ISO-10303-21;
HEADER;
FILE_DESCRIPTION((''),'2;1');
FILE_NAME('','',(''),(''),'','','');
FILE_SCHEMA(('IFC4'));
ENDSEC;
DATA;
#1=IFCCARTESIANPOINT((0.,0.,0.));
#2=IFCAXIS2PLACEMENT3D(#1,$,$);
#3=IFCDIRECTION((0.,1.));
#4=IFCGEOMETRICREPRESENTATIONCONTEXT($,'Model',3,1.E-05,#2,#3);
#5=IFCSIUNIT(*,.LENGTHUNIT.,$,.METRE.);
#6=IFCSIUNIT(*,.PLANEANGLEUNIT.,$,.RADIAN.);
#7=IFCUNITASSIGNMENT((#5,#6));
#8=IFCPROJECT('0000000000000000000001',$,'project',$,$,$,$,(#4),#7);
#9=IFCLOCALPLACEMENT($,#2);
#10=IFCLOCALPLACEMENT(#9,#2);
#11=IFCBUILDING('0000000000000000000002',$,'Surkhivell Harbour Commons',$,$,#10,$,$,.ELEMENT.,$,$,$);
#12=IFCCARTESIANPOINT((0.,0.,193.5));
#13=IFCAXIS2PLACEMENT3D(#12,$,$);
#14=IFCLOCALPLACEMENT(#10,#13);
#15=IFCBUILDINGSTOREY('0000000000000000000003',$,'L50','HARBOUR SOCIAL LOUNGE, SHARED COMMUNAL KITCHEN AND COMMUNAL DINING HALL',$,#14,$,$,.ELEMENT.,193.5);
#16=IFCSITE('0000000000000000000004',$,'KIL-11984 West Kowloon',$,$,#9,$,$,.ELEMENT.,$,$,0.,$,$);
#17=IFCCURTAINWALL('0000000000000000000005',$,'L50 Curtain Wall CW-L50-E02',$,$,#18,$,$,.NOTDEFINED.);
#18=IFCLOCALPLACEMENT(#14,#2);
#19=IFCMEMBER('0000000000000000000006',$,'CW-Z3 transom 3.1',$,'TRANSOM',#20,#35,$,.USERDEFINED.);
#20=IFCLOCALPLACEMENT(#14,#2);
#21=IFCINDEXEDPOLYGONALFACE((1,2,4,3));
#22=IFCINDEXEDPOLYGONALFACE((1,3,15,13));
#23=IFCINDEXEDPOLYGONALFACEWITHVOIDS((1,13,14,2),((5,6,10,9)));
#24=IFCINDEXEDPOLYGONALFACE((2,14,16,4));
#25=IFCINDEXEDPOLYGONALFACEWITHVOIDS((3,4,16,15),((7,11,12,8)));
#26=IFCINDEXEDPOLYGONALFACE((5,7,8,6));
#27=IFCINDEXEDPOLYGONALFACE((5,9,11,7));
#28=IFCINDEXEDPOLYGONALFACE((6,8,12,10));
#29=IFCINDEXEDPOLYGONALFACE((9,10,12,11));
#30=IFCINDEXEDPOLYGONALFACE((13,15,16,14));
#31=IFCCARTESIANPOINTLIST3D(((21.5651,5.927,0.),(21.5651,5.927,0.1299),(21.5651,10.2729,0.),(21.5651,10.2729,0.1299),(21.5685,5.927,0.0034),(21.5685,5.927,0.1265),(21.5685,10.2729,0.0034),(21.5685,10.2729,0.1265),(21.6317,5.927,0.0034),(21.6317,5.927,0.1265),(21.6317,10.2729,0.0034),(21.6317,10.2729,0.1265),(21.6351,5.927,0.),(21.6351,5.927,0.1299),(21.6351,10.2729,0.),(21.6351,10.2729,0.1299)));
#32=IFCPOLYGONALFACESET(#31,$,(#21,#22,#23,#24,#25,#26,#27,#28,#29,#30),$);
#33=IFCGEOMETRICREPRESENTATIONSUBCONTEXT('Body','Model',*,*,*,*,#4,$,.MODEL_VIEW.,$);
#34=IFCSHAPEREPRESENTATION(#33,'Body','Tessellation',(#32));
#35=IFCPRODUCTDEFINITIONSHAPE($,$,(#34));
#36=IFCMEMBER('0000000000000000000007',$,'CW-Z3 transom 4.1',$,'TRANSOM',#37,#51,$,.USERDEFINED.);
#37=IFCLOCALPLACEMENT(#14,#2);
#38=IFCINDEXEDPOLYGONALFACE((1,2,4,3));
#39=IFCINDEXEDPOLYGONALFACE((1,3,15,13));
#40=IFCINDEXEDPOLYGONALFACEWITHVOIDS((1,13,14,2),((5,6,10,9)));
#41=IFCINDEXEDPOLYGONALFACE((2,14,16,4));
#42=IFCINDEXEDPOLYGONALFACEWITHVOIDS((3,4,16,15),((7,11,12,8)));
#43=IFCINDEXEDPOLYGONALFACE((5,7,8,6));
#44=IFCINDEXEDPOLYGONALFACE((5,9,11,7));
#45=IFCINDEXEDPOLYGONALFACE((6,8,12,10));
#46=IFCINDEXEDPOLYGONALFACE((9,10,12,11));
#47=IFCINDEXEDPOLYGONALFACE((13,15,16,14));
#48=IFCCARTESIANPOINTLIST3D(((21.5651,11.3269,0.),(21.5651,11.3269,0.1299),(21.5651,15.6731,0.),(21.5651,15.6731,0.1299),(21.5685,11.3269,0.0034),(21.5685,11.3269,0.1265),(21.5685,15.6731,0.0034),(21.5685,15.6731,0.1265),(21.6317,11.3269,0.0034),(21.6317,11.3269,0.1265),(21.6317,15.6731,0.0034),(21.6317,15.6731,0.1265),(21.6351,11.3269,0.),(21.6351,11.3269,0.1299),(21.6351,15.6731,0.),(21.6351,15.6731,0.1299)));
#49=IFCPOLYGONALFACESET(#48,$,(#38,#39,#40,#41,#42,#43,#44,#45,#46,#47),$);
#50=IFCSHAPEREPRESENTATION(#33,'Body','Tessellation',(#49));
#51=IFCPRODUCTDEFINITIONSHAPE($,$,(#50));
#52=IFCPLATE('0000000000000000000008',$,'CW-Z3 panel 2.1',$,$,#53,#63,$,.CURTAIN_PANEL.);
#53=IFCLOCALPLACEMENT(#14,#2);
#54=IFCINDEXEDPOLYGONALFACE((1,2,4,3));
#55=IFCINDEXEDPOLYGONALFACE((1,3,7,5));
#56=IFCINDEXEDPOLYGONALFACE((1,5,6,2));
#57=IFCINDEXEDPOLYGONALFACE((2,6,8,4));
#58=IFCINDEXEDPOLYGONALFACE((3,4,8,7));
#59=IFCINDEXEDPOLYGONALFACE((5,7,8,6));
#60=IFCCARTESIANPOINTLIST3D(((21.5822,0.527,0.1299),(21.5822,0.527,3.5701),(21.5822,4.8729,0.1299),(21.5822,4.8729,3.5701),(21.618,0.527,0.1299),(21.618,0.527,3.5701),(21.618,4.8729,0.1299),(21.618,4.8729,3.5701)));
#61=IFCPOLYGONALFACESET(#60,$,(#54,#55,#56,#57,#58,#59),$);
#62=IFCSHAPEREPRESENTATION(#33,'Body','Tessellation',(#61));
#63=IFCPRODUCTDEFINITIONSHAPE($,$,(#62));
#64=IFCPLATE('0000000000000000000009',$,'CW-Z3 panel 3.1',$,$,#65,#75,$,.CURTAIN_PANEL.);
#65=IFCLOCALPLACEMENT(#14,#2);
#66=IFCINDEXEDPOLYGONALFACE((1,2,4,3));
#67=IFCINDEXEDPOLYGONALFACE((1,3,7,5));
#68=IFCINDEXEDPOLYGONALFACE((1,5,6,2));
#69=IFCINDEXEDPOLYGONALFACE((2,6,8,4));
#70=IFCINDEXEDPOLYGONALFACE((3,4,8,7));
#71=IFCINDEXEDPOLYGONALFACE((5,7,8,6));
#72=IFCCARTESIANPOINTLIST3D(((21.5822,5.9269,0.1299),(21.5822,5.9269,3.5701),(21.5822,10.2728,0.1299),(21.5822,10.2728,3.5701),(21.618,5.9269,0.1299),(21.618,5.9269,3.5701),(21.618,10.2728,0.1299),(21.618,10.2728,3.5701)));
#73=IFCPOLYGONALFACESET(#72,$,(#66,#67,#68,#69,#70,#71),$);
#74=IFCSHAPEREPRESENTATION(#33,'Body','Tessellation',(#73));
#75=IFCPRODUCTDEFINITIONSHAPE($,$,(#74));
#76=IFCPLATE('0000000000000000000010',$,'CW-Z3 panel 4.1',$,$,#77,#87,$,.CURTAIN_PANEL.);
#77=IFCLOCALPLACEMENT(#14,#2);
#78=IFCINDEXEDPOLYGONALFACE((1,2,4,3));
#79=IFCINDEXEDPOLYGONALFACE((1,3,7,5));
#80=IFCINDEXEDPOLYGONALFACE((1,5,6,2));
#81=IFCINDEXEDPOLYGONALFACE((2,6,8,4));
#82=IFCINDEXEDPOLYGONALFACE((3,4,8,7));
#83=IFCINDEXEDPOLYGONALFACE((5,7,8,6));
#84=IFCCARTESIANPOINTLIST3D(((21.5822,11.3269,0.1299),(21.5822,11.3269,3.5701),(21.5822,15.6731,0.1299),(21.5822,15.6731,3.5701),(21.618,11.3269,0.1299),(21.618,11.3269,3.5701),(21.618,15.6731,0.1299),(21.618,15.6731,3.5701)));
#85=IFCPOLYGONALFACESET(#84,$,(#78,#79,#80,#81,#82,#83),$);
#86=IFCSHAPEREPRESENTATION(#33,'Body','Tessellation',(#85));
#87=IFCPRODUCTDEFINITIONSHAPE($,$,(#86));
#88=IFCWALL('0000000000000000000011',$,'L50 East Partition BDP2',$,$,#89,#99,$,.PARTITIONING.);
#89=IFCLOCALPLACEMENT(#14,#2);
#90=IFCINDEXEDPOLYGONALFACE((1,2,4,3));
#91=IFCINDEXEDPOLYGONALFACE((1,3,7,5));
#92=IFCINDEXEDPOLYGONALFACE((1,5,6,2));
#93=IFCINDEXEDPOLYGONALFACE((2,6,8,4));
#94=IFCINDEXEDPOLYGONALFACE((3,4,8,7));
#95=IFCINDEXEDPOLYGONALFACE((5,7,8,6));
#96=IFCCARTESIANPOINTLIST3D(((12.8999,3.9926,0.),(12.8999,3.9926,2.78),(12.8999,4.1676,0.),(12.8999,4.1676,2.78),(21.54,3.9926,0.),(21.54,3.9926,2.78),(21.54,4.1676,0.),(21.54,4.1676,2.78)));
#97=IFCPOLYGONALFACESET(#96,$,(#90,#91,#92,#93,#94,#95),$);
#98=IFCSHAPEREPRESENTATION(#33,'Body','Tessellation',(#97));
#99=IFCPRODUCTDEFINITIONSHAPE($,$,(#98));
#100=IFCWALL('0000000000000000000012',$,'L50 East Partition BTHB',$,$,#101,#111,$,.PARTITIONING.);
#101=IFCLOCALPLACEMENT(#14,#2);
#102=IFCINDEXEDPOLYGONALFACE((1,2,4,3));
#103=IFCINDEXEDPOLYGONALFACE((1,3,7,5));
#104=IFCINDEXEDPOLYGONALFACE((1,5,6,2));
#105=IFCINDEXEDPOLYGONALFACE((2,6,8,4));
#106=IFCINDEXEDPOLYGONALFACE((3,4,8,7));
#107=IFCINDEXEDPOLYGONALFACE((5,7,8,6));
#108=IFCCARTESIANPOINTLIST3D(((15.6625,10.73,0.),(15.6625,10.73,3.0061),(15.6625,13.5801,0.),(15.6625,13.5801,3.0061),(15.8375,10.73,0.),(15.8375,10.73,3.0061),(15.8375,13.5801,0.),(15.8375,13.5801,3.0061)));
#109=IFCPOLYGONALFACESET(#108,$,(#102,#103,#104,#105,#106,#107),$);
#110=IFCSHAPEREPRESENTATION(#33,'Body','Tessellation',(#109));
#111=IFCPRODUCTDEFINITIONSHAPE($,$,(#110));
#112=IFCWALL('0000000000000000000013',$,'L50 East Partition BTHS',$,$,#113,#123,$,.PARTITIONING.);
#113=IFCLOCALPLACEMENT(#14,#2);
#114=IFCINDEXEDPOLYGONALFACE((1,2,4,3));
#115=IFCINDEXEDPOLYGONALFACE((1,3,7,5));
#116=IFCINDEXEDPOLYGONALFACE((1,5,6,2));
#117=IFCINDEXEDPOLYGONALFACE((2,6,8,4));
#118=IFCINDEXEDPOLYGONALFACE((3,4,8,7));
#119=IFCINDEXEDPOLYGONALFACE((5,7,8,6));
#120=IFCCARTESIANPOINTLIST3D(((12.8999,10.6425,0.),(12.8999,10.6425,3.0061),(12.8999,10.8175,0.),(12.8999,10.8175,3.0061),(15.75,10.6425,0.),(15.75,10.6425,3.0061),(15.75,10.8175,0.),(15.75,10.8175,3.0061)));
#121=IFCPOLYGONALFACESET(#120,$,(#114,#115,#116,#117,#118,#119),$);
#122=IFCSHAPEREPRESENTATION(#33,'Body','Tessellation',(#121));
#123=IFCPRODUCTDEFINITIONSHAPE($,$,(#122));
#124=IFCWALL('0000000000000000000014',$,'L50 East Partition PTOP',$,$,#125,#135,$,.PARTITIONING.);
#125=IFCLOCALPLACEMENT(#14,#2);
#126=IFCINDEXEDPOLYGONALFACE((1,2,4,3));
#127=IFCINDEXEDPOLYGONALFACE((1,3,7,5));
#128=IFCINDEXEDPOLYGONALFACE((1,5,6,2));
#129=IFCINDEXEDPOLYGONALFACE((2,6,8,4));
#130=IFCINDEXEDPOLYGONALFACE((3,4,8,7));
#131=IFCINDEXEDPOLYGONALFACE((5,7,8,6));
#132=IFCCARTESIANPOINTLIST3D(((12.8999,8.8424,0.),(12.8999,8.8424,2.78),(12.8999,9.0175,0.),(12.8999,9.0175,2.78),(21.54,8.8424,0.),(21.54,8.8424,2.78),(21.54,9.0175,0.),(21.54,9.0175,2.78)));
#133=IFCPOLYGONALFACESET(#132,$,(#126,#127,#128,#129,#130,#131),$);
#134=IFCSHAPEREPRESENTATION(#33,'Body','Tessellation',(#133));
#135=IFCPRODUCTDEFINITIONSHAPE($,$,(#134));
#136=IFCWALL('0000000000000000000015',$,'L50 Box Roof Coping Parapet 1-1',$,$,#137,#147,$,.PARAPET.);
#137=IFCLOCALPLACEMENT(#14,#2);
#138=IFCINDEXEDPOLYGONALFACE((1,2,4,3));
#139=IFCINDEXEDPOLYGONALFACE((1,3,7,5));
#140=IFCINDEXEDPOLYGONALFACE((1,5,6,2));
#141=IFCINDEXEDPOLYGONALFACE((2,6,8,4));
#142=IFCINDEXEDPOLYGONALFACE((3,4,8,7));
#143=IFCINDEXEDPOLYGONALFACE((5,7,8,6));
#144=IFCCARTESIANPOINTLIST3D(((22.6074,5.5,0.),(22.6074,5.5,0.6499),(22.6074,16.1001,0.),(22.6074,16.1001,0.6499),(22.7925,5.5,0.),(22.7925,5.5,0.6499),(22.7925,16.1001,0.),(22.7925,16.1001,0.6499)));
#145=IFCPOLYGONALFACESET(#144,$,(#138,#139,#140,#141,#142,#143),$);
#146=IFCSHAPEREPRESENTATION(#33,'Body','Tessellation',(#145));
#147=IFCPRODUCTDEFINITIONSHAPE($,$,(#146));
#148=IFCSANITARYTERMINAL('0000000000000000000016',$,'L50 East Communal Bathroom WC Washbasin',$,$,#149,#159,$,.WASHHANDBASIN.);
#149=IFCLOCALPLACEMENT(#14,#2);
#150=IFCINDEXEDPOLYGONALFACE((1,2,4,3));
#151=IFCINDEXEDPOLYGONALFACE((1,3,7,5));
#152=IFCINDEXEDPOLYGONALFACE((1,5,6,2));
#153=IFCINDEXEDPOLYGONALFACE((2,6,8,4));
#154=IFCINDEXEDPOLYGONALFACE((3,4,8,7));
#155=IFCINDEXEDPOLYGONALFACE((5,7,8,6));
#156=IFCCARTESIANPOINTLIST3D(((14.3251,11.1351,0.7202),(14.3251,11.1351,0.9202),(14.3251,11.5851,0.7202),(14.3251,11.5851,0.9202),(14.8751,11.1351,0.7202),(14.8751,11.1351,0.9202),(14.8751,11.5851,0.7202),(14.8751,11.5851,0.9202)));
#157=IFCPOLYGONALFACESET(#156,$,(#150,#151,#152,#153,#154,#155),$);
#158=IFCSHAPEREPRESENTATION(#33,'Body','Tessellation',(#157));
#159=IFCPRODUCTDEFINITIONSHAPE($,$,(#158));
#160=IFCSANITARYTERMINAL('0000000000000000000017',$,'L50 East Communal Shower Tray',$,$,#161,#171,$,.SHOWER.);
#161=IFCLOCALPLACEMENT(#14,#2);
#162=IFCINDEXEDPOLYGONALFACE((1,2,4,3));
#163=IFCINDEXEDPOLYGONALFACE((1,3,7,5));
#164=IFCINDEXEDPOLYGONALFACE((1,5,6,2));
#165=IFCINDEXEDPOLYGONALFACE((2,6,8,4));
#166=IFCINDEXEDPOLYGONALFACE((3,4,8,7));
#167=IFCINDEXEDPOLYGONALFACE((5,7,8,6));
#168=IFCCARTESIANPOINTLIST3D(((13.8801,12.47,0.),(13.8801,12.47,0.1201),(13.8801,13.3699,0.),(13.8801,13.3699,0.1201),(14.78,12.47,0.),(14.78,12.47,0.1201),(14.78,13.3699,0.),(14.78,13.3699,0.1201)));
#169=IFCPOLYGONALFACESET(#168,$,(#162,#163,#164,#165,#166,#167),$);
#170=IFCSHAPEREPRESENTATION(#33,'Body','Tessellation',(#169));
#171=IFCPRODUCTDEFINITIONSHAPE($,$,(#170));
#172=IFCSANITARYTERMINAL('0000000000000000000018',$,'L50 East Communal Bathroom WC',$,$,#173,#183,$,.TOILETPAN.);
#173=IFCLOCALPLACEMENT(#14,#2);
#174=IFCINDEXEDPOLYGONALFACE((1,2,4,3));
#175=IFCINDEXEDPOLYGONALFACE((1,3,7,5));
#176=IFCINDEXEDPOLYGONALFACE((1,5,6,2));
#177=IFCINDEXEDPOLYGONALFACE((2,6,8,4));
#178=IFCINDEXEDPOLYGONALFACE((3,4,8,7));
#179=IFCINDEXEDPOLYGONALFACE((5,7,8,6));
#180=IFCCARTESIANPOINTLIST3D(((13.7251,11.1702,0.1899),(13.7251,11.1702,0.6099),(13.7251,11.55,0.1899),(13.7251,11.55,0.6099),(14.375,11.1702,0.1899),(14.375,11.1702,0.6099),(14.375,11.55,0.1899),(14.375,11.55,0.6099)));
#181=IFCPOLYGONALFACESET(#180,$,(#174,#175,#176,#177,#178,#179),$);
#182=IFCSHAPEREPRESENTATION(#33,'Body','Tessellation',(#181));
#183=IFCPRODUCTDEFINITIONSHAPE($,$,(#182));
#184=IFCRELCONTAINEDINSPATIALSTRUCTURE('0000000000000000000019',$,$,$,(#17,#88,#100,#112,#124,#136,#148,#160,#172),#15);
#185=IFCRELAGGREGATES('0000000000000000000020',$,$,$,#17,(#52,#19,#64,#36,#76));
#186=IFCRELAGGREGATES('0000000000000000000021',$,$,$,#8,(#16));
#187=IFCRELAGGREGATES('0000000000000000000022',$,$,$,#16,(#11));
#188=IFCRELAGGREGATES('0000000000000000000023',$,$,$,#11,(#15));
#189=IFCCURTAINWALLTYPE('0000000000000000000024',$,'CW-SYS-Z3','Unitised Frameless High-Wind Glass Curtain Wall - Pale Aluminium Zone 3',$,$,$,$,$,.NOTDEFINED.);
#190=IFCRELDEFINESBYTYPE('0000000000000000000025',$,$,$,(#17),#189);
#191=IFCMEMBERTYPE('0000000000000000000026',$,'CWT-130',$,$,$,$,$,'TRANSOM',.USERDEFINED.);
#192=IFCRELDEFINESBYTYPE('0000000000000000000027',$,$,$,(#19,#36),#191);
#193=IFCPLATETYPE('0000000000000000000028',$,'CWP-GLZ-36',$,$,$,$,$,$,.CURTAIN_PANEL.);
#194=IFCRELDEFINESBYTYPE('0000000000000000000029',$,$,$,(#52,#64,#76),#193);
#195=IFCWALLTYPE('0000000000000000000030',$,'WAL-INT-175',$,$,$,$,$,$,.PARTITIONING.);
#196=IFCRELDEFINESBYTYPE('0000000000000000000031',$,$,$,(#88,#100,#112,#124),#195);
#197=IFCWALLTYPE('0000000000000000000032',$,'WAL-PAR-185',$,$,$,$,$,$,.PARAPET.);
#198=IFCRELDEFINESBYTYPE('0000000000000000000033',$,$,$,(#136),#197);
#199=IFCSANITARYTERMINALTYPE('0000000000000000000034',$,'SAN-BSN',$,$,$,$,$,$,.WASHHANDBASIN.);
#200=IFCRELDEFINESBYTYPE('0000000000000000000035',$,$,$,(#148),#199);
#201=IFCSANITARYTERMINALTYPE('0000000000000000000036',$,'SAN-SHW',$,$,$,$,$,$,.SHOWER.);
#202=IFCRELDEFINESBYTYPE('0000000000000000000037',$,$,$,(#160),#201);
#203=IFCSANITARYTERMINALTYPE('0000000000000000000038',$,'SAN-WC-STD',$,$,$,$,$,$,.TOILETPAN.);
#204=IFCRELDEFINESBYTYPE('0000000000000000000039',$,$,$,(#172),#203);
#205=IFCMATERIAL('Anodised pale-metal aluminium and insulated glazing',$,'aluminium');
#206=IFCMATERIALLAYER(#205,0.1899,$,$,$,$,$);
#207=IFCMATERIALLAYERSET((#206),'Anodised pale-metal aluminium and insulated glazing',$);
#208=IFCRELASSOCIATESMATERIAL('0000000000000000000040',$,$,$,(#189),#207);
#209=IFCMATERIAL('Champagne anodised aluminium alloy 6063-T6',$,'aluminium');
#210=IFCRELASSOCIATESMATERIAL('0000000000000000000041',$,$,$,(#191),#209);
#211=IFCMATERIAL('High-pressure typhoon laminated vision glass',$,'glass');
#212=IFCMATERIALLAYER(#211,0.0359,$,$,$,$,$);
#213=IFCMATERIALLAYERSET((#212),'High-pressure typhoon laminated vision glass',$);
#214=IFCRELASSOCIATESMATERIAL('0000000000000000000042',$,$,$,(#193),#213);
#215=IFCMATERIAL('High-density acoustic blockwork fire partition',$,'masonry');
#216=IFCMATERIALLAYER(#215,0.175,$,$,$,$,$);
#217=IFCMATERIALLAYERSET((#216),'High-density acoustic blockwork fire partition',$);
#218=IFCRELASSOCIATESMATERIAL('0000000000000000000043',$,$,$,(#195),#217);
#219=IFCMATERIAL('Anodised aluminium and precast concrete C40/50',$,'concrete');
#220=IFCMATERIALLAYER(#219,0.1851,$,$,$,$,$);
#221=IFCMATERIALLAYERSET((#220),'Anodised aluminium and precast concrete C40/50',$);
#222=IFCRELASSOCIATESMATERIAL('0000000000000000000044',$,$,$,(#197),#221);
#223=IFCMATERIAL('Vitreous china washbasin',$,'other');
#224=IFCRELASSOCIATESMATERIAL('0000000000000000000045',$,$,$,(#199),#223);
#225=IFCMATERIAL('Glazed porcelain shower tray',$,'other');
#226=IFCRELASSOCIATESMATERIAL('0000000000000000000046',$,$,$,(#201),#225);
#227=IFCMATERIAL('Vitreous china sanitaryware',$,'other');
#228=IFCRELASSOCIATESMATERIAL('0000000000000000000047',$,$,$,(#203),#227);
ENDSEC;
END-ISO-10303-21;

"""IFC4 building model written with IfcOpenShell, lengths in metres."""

from ifc_helpers import new_model, si_unit, direction, frame, frame_2d, origin, origin_2d, place, context, subcontext, project, spatial, rectangle, hollow_rectangle, extrude, material, layer, layer_set, material_profile, profile_set, type_object, element, aggregate, save


model = new_model("IFC4")

# Units and contexts
model_context = context("Model", 3, precision=1e-05, world=origin(), true_north=direction((0.0, 1.0)))
body_context = subcontext(model_context, "Body", "Model", "MODEL_VIEW")
ifc_project = project(units=[si_unit("LENGTHUNIT", "METRE"), si_unit("PLANEANGLEUNIT", "RADIAN")], contexts=[model_context])

# Site, building, storey
site_placement = place(None, origin())
site = spatial("IfcSite", under=ifc_project, at=site_placement, Name="KIL-11984 West Kowloon", CompositionType="ELEMENT", RefElevation=0.0)
building_placement = place(site_placement, origin())
building = spatial("IfcBuilding", under=site, at=building_placement, Name="Surkhivell Harbour Commons", CompositionType="ELEMENT")
storey_placement = place(building_placement, frame((0.0, 0.0, 193.5)))
storey = spatial("IfcBuildingStorey", under=building, at=storey_placement, Name="L50", Description="HARBOUR SOCIAL LOUNGE, SHARED COMMUNAL KITCHEN AND COMMUNAL DINING HALL", CompositionType="ELEMENT", Elevation=193.5)

# Curtain wall, members, plates
ifc_material_1 = material(Name="Anodised pale-metal aluminium and insulated glazing", Category="aluminium")
ifc_layer_1 = layer(ifc_material_1, 0.1899)
ifc_layer_set_1 = layer_set([ifc_layer_1], Name="Anodised pale-metal aluminium and insulated glazing")
curtain_wall_type = type_object("IfcCurtainWallType", Name="CW-SYS-Z3", Description="Unitised Frameless High-Wind Glass Curtain Wall - Pale Aluminium Zone 3", PredefinedType="NOTDEFINED", material=ifc_layer_set_1)
curtain_wall_placement = place(storey_placement, origin())
curtain_wall = element("IfcCurtainWall", 1, at=curtain_wall_placement, inside=storey, type_object=curtain_wall_type, Name="L50 Curtain Wall CW-L50-E02", PredefinedType="NOTDEFINED")
ifc_material_2 = material(Name="Champagne anodised aluminium alloy 6063-T6", Category="aluminium")
ifc_material_profile_1 = material_profile(ifc_material_2, hollow_rectangle(XDim=0.0701, YDim=0.1299, WallThickness=0.0034, at=origin_2d()), Name="ALU-TRAN-70x130")
ifc_profile_set_1 = profile_set([ifc_material_profile_1], Name="Champagne anodised aluminium alloy 6063-T6")
member_type_1 = type_object("IfcMemberType", Name="CWT-130", ElementType="TRANSOM", PredefinedType="USERDEFINED", material=ifc_profile_set_1)
member_1_placement = place(storey_placement, frame((21.6001, 5.927, 0.0649), z_axis=(0.0, 1.0, 0.0), x_axis=(-1.0, 0.0, 0.0)))
member_1 = element("IfcMember", 2, at=member_1_placement, type_object=member_type_1, Name="CW-Z3 transom 3.1", ObjectType="TRANSOM", PredefinedType="USERDEFINED", context=body_context, shape_type="SweptSolid", body=[
    extrude(hollow_rectangle(XDim=0.0701, YDim=0.1299, WallThickness=0.0034, at=origin_2d()), origin(), (0.0, 0.0, 1.0), 4.3459),
])
member_2_placement = place(storey_placement, frame((21.6001, 11.3269, 0.0649), z_axis=(0.0, 1.0, 0.0), x_axis=(-1.0, 0.0, 0.0)))
member_2 = element("IfcMember", 3, at=member_2_placement, type_object=member_type_1, Name="CW-Z3 transom 4.1", ObjectType="TRANSOM", PredefinedType="USERDEFINED", context=body_context, shape_type="SweptSolid", body=[
    extrude(hollow_rectangle(XDim=0.0701, YDim=0.1299, WallThickness=0.0034, at=origin_2d()), origin(), (0.0, 0.0, 1.0), 4.3462),
])
ifc_material_3 = material(Name="High-pressure typhoon laminated vision glass", Category="glass")
ifc_layer_2 = layer(ifc_material_3, 0.0359)
ifc_layer_set_2 = layer_set([ifc_layer_2], Name="High-pressure typhoon laminated vision glass")
plate_type = type_object("IfcPlateType", Name="CWP-GLZ-36", PredefinedType="CURTAIN_PANEL", material=ifc_layer_set_2)
plate_1_placement = place(storey_placement, frame((21.6001, 0.5271, 0.1299), z_axis=(0.0, 0.0, 1.0), x_axis=(0.0, 1.0, 0.0)))
plate_1 = element("IfcPlate", 4, at=plate_1_placement, type_object=plate_type, Name="CW-Z3 panel 2.1", PredefinedType="CURTAIN_PANEL", context=body_context, shape_type="SweptSolid", body=[
    extrude(rectangle(XDim=4.3459, YDim=0.0359, at=frame_2d((2.1729, 0.0))), origin(), (0.0, 0.0, 1.0), 3.4402),
])
plate_2_placement = place(storey_placement, frame((21.6001, 5.927, 0.1299), z_axis=(0.0, 0.0, 1.0), x_axis=(0.0, 1.0, 0.0)))
plate_2 = element("IfcPlate", 5, at=plate_2_placement, type_object=plate_type, Name="CW-Z3 panel 3.1", PredefinedType="CURTAIN_PANEL", context=body_context, shape_type="SweptSolid", body=[
    extrude(rectangle(XDim=4.3459, YDim=0.0359, at=frame_2d((2.1729, 0.0))), origin(), (0.0, 0.0, 1.0), 3.4402),
])
plate_3_placement = place(storey_placement, frame((21.6001, 11.3269, 0.1299), z_axis=(0.0, 0.0, 1.0), x_axis=(0.0, 1.0, 0.0)))
plate_3 = element("IfcPlate", 6, at=plate_3_placement, type_object=plate_type, Name="CW-Z3 panel 4.1", PredefinedType="CURTAIN_PANEL", context=body_context, shape_type="SweptSolid", body=[
    extrude(rectangle(XDim=4.3462, YDim=0.0359, at=frame_2d((2.1731, 0.0))), origin(), (0.0, 0.0, 1.0), 3.4402),
])
aggregate(curtain_wall, [plate_1, member_1, plate_2, member_2, plate_3])

# Walls
ifc_material_4 = material(Name="High-density acoustic blockwork fire partition", Category="masonry")
ifc_layer_3 = layer(ifc_material_4, 0.175)
ifc_layer_set_3 = layer_set([ifc_layer_3], Name="High-density acoustic blockwork fire partition")
wall_type_1 = type_object("IfcWallType", Name="WAL-INT-175", PredefinedType="PARTITIONING", material=ifc_layer_set_3)
wall_1_placement = place(storey_placement, frame((12.8999, 4.0801, 0.0), z_axis=(0.0, 0.0, 1.0), x_axis=(1.0, 0.0, 0.0)))
element("IfcWall", 7, at=wall_1_placement, inside=storey, type_object=wall_type_1, Name="L50 East Partition BDP2", PredefinedType="PARTITIONING", context=body_context, shape_type="SweptSolid", body=[
    extrude(rectangle(XDim=8.6401, YDim=0.175, at=frame_2d((4.3201, 0.0))), origin(), (0.0, 0.0, 1.0), 2.78),
])
for number, where, z_axis, x_axis, name in (
    (8, (15.75, 10.73, 0.0), (0.0, 0.0, 1.0), (0.0, 1.0, 0.0), "L50 East Partition BTHB"),
    (9, (12.8999, 10.73, 0.0), (0.0, 0.0, 1.0), (1.0, 0.0, 0.0), "L50 East Partition BTHS"),
):
    element("IfcWall", number, at=place(storey_placement, frame(where, z_axis=z_axis, x_axis=x_axis)), inside=storey, type_object=wall_type_1, Name=name, PredefinedType="PARTITIONING", context=body_context, shape_type="SweptSolid", body=[
        extrude(rectangle(XDim=2.8501, YDim=0.175, at=frame_2d((1.425, 0.0))), origin(), (0.0, 0.0, 1.0), 3.0061),
    ])
wall_2_placement = place(storey_placement, frame((12.8999, 8.9299, 0.0), z_axis=(0.0, 0.0, 1.0), x_axis=(1.0, 0.0, 0.0)))
element("IfcWall", 10, at=wall_2_placement, inside=storey, type_object=wall_type_1, Name="L50 East Partition PTOP", PredefinedType="PARTITIONING", context=body_context, shape_type="SweptSolid", body=[
    extrude(rectangle(XDim=8.6401, YDim=0.175, at=frame_2d((4.3201, 0.0))), origin(), (0.0, 0.0, 1.0), 2.78),
])
ifc_material_5 = material(Name="Anodised aluminium and precast concrete C40/50", Category="concrete")
ifc_layer_4 = layer(ifc_material_5, 0.1851)
ifc_layer_set_4 = layer_set([ifc_layer_4], Name="Anodised aluminium and precast concrete C40/50")
wall_type_2 = type_object("IfcWallType", Name="WAL-PAR-185", PredefinedType="PARAPET", material=ifc_layer_set_4)
wall_3_placement = place(storey_placement, frame((22.7, 5.5, 0.0), z_axis=(0.0, 0.0, 1.0), x_axis=(0.0, 1.0, 0.0)))
element("IfcWall", 11, at=wall_3_placement, inside=storey, type_object=wall_type_2, Name="L50 Box Roof Coping Parapet 1-1", PredefinedType="PARAPET", context=body_context, shape_type="SweptSolid", body=[
    extrude(rectangle(XDim=10.6001, YDim=0.1851, at=frame_2d((5.3, 0.0))), origin(), (0.0, 0.0, 1.0), 0.6499),
])

# Sanitary terminals
ifc_material_6 = material(Name="Vitreous china washbasin", Category="other")
sanitary_terminal_type_1 = type_object("IfcSanitaryTerminalType", Name="SAN-BSN", PredefinedType="WASHHANDBASIN", material=ifc_material_6)
sanitary_terminal_1_placement = place(storey_placement, frame((14.6001, 11.3601, 0.7202), z_axis=(0.0, 0.0, 1.0), x_axis=(1.0, 0.0, 0.0)))
element("IfcSanitaryTerminal", 12, at=sanitary_terminal_1_placement, inside=storey, type_object=sanitary_terminal_type_1, Name="L50 East Communal Bathroom WC Washbasin", PredefinedType="WASHHANDBASIN", context=body_context, shape_type="SweptSolid", body=[
    extrude(rectangle(XDim=0.55, YDim=0.45, at=origin_2d()), origin(), (0.0, 0.0, 1.0), 0.2),
])
ifc_material_7 = material(Name="Glazed porcelain shower tray", Category="other")
sanitary_terminal_type_2 = type_object("IfcSanitaryTerminalType", Name="SAN-SHW", PredefinedType="SHOWER", material=ifc_material_7)
sanitary_terminal_2_placement = place(storey_placement, frame((14.3301, 12.9199, 0.0), z_axis=(0.0, 0.0, 1.0), x_axis=(1.0, 0.0, 0.0)))
element("IfcSanitaryTerminal", 13, at=sanitary_terminal_2_placement, inside=storey, type_object=sanitary_terminal_type_2, Name="L50 East Communal Shower Tray", PredefinedType="SHOWER", context=body_context, shape_type="SweptSolid", body=[
    extrude(rectangle(XDim=0.8999, YDim=0.8999, at=origin_2d()), origin(), (0.0, 0.0, 1.0), 0.1201),
])
ifc_material_8 = material(Name="Vitreous china sanitaryware", Category="other")
sanitary_terminal_type_3 = type_object("IfcSanitaryTerminalType", Name="SAN-WC-STD", PredefinedType="TOILETPAN", material=ifc_material_8)
sanitary_terminal_3_placement = place(storey_placement, frame((14.05, 11.3601, 0.1899), z_axis=(0.0, 0.0, 1.0), x_axis=(1.0, 0.0, 0.0)))
element("IfcSanitaryTerminal", 14, at=sanitary_terminal_3_placement, inside=storey, type_object=sanitary_terminal_type_3, Name="L50 East Communal Bathroom WC", PredefinedType="TOILETPAN", context=body_context, shape_type="SweptSolid", body=[
    extrude(rectangle(XDim=0.6499, YDim=0.3799, at=origin_2d()), origin(), (0.0, 0.0, 1.0), 0.4199),
])

save(model, "model.ifc")
